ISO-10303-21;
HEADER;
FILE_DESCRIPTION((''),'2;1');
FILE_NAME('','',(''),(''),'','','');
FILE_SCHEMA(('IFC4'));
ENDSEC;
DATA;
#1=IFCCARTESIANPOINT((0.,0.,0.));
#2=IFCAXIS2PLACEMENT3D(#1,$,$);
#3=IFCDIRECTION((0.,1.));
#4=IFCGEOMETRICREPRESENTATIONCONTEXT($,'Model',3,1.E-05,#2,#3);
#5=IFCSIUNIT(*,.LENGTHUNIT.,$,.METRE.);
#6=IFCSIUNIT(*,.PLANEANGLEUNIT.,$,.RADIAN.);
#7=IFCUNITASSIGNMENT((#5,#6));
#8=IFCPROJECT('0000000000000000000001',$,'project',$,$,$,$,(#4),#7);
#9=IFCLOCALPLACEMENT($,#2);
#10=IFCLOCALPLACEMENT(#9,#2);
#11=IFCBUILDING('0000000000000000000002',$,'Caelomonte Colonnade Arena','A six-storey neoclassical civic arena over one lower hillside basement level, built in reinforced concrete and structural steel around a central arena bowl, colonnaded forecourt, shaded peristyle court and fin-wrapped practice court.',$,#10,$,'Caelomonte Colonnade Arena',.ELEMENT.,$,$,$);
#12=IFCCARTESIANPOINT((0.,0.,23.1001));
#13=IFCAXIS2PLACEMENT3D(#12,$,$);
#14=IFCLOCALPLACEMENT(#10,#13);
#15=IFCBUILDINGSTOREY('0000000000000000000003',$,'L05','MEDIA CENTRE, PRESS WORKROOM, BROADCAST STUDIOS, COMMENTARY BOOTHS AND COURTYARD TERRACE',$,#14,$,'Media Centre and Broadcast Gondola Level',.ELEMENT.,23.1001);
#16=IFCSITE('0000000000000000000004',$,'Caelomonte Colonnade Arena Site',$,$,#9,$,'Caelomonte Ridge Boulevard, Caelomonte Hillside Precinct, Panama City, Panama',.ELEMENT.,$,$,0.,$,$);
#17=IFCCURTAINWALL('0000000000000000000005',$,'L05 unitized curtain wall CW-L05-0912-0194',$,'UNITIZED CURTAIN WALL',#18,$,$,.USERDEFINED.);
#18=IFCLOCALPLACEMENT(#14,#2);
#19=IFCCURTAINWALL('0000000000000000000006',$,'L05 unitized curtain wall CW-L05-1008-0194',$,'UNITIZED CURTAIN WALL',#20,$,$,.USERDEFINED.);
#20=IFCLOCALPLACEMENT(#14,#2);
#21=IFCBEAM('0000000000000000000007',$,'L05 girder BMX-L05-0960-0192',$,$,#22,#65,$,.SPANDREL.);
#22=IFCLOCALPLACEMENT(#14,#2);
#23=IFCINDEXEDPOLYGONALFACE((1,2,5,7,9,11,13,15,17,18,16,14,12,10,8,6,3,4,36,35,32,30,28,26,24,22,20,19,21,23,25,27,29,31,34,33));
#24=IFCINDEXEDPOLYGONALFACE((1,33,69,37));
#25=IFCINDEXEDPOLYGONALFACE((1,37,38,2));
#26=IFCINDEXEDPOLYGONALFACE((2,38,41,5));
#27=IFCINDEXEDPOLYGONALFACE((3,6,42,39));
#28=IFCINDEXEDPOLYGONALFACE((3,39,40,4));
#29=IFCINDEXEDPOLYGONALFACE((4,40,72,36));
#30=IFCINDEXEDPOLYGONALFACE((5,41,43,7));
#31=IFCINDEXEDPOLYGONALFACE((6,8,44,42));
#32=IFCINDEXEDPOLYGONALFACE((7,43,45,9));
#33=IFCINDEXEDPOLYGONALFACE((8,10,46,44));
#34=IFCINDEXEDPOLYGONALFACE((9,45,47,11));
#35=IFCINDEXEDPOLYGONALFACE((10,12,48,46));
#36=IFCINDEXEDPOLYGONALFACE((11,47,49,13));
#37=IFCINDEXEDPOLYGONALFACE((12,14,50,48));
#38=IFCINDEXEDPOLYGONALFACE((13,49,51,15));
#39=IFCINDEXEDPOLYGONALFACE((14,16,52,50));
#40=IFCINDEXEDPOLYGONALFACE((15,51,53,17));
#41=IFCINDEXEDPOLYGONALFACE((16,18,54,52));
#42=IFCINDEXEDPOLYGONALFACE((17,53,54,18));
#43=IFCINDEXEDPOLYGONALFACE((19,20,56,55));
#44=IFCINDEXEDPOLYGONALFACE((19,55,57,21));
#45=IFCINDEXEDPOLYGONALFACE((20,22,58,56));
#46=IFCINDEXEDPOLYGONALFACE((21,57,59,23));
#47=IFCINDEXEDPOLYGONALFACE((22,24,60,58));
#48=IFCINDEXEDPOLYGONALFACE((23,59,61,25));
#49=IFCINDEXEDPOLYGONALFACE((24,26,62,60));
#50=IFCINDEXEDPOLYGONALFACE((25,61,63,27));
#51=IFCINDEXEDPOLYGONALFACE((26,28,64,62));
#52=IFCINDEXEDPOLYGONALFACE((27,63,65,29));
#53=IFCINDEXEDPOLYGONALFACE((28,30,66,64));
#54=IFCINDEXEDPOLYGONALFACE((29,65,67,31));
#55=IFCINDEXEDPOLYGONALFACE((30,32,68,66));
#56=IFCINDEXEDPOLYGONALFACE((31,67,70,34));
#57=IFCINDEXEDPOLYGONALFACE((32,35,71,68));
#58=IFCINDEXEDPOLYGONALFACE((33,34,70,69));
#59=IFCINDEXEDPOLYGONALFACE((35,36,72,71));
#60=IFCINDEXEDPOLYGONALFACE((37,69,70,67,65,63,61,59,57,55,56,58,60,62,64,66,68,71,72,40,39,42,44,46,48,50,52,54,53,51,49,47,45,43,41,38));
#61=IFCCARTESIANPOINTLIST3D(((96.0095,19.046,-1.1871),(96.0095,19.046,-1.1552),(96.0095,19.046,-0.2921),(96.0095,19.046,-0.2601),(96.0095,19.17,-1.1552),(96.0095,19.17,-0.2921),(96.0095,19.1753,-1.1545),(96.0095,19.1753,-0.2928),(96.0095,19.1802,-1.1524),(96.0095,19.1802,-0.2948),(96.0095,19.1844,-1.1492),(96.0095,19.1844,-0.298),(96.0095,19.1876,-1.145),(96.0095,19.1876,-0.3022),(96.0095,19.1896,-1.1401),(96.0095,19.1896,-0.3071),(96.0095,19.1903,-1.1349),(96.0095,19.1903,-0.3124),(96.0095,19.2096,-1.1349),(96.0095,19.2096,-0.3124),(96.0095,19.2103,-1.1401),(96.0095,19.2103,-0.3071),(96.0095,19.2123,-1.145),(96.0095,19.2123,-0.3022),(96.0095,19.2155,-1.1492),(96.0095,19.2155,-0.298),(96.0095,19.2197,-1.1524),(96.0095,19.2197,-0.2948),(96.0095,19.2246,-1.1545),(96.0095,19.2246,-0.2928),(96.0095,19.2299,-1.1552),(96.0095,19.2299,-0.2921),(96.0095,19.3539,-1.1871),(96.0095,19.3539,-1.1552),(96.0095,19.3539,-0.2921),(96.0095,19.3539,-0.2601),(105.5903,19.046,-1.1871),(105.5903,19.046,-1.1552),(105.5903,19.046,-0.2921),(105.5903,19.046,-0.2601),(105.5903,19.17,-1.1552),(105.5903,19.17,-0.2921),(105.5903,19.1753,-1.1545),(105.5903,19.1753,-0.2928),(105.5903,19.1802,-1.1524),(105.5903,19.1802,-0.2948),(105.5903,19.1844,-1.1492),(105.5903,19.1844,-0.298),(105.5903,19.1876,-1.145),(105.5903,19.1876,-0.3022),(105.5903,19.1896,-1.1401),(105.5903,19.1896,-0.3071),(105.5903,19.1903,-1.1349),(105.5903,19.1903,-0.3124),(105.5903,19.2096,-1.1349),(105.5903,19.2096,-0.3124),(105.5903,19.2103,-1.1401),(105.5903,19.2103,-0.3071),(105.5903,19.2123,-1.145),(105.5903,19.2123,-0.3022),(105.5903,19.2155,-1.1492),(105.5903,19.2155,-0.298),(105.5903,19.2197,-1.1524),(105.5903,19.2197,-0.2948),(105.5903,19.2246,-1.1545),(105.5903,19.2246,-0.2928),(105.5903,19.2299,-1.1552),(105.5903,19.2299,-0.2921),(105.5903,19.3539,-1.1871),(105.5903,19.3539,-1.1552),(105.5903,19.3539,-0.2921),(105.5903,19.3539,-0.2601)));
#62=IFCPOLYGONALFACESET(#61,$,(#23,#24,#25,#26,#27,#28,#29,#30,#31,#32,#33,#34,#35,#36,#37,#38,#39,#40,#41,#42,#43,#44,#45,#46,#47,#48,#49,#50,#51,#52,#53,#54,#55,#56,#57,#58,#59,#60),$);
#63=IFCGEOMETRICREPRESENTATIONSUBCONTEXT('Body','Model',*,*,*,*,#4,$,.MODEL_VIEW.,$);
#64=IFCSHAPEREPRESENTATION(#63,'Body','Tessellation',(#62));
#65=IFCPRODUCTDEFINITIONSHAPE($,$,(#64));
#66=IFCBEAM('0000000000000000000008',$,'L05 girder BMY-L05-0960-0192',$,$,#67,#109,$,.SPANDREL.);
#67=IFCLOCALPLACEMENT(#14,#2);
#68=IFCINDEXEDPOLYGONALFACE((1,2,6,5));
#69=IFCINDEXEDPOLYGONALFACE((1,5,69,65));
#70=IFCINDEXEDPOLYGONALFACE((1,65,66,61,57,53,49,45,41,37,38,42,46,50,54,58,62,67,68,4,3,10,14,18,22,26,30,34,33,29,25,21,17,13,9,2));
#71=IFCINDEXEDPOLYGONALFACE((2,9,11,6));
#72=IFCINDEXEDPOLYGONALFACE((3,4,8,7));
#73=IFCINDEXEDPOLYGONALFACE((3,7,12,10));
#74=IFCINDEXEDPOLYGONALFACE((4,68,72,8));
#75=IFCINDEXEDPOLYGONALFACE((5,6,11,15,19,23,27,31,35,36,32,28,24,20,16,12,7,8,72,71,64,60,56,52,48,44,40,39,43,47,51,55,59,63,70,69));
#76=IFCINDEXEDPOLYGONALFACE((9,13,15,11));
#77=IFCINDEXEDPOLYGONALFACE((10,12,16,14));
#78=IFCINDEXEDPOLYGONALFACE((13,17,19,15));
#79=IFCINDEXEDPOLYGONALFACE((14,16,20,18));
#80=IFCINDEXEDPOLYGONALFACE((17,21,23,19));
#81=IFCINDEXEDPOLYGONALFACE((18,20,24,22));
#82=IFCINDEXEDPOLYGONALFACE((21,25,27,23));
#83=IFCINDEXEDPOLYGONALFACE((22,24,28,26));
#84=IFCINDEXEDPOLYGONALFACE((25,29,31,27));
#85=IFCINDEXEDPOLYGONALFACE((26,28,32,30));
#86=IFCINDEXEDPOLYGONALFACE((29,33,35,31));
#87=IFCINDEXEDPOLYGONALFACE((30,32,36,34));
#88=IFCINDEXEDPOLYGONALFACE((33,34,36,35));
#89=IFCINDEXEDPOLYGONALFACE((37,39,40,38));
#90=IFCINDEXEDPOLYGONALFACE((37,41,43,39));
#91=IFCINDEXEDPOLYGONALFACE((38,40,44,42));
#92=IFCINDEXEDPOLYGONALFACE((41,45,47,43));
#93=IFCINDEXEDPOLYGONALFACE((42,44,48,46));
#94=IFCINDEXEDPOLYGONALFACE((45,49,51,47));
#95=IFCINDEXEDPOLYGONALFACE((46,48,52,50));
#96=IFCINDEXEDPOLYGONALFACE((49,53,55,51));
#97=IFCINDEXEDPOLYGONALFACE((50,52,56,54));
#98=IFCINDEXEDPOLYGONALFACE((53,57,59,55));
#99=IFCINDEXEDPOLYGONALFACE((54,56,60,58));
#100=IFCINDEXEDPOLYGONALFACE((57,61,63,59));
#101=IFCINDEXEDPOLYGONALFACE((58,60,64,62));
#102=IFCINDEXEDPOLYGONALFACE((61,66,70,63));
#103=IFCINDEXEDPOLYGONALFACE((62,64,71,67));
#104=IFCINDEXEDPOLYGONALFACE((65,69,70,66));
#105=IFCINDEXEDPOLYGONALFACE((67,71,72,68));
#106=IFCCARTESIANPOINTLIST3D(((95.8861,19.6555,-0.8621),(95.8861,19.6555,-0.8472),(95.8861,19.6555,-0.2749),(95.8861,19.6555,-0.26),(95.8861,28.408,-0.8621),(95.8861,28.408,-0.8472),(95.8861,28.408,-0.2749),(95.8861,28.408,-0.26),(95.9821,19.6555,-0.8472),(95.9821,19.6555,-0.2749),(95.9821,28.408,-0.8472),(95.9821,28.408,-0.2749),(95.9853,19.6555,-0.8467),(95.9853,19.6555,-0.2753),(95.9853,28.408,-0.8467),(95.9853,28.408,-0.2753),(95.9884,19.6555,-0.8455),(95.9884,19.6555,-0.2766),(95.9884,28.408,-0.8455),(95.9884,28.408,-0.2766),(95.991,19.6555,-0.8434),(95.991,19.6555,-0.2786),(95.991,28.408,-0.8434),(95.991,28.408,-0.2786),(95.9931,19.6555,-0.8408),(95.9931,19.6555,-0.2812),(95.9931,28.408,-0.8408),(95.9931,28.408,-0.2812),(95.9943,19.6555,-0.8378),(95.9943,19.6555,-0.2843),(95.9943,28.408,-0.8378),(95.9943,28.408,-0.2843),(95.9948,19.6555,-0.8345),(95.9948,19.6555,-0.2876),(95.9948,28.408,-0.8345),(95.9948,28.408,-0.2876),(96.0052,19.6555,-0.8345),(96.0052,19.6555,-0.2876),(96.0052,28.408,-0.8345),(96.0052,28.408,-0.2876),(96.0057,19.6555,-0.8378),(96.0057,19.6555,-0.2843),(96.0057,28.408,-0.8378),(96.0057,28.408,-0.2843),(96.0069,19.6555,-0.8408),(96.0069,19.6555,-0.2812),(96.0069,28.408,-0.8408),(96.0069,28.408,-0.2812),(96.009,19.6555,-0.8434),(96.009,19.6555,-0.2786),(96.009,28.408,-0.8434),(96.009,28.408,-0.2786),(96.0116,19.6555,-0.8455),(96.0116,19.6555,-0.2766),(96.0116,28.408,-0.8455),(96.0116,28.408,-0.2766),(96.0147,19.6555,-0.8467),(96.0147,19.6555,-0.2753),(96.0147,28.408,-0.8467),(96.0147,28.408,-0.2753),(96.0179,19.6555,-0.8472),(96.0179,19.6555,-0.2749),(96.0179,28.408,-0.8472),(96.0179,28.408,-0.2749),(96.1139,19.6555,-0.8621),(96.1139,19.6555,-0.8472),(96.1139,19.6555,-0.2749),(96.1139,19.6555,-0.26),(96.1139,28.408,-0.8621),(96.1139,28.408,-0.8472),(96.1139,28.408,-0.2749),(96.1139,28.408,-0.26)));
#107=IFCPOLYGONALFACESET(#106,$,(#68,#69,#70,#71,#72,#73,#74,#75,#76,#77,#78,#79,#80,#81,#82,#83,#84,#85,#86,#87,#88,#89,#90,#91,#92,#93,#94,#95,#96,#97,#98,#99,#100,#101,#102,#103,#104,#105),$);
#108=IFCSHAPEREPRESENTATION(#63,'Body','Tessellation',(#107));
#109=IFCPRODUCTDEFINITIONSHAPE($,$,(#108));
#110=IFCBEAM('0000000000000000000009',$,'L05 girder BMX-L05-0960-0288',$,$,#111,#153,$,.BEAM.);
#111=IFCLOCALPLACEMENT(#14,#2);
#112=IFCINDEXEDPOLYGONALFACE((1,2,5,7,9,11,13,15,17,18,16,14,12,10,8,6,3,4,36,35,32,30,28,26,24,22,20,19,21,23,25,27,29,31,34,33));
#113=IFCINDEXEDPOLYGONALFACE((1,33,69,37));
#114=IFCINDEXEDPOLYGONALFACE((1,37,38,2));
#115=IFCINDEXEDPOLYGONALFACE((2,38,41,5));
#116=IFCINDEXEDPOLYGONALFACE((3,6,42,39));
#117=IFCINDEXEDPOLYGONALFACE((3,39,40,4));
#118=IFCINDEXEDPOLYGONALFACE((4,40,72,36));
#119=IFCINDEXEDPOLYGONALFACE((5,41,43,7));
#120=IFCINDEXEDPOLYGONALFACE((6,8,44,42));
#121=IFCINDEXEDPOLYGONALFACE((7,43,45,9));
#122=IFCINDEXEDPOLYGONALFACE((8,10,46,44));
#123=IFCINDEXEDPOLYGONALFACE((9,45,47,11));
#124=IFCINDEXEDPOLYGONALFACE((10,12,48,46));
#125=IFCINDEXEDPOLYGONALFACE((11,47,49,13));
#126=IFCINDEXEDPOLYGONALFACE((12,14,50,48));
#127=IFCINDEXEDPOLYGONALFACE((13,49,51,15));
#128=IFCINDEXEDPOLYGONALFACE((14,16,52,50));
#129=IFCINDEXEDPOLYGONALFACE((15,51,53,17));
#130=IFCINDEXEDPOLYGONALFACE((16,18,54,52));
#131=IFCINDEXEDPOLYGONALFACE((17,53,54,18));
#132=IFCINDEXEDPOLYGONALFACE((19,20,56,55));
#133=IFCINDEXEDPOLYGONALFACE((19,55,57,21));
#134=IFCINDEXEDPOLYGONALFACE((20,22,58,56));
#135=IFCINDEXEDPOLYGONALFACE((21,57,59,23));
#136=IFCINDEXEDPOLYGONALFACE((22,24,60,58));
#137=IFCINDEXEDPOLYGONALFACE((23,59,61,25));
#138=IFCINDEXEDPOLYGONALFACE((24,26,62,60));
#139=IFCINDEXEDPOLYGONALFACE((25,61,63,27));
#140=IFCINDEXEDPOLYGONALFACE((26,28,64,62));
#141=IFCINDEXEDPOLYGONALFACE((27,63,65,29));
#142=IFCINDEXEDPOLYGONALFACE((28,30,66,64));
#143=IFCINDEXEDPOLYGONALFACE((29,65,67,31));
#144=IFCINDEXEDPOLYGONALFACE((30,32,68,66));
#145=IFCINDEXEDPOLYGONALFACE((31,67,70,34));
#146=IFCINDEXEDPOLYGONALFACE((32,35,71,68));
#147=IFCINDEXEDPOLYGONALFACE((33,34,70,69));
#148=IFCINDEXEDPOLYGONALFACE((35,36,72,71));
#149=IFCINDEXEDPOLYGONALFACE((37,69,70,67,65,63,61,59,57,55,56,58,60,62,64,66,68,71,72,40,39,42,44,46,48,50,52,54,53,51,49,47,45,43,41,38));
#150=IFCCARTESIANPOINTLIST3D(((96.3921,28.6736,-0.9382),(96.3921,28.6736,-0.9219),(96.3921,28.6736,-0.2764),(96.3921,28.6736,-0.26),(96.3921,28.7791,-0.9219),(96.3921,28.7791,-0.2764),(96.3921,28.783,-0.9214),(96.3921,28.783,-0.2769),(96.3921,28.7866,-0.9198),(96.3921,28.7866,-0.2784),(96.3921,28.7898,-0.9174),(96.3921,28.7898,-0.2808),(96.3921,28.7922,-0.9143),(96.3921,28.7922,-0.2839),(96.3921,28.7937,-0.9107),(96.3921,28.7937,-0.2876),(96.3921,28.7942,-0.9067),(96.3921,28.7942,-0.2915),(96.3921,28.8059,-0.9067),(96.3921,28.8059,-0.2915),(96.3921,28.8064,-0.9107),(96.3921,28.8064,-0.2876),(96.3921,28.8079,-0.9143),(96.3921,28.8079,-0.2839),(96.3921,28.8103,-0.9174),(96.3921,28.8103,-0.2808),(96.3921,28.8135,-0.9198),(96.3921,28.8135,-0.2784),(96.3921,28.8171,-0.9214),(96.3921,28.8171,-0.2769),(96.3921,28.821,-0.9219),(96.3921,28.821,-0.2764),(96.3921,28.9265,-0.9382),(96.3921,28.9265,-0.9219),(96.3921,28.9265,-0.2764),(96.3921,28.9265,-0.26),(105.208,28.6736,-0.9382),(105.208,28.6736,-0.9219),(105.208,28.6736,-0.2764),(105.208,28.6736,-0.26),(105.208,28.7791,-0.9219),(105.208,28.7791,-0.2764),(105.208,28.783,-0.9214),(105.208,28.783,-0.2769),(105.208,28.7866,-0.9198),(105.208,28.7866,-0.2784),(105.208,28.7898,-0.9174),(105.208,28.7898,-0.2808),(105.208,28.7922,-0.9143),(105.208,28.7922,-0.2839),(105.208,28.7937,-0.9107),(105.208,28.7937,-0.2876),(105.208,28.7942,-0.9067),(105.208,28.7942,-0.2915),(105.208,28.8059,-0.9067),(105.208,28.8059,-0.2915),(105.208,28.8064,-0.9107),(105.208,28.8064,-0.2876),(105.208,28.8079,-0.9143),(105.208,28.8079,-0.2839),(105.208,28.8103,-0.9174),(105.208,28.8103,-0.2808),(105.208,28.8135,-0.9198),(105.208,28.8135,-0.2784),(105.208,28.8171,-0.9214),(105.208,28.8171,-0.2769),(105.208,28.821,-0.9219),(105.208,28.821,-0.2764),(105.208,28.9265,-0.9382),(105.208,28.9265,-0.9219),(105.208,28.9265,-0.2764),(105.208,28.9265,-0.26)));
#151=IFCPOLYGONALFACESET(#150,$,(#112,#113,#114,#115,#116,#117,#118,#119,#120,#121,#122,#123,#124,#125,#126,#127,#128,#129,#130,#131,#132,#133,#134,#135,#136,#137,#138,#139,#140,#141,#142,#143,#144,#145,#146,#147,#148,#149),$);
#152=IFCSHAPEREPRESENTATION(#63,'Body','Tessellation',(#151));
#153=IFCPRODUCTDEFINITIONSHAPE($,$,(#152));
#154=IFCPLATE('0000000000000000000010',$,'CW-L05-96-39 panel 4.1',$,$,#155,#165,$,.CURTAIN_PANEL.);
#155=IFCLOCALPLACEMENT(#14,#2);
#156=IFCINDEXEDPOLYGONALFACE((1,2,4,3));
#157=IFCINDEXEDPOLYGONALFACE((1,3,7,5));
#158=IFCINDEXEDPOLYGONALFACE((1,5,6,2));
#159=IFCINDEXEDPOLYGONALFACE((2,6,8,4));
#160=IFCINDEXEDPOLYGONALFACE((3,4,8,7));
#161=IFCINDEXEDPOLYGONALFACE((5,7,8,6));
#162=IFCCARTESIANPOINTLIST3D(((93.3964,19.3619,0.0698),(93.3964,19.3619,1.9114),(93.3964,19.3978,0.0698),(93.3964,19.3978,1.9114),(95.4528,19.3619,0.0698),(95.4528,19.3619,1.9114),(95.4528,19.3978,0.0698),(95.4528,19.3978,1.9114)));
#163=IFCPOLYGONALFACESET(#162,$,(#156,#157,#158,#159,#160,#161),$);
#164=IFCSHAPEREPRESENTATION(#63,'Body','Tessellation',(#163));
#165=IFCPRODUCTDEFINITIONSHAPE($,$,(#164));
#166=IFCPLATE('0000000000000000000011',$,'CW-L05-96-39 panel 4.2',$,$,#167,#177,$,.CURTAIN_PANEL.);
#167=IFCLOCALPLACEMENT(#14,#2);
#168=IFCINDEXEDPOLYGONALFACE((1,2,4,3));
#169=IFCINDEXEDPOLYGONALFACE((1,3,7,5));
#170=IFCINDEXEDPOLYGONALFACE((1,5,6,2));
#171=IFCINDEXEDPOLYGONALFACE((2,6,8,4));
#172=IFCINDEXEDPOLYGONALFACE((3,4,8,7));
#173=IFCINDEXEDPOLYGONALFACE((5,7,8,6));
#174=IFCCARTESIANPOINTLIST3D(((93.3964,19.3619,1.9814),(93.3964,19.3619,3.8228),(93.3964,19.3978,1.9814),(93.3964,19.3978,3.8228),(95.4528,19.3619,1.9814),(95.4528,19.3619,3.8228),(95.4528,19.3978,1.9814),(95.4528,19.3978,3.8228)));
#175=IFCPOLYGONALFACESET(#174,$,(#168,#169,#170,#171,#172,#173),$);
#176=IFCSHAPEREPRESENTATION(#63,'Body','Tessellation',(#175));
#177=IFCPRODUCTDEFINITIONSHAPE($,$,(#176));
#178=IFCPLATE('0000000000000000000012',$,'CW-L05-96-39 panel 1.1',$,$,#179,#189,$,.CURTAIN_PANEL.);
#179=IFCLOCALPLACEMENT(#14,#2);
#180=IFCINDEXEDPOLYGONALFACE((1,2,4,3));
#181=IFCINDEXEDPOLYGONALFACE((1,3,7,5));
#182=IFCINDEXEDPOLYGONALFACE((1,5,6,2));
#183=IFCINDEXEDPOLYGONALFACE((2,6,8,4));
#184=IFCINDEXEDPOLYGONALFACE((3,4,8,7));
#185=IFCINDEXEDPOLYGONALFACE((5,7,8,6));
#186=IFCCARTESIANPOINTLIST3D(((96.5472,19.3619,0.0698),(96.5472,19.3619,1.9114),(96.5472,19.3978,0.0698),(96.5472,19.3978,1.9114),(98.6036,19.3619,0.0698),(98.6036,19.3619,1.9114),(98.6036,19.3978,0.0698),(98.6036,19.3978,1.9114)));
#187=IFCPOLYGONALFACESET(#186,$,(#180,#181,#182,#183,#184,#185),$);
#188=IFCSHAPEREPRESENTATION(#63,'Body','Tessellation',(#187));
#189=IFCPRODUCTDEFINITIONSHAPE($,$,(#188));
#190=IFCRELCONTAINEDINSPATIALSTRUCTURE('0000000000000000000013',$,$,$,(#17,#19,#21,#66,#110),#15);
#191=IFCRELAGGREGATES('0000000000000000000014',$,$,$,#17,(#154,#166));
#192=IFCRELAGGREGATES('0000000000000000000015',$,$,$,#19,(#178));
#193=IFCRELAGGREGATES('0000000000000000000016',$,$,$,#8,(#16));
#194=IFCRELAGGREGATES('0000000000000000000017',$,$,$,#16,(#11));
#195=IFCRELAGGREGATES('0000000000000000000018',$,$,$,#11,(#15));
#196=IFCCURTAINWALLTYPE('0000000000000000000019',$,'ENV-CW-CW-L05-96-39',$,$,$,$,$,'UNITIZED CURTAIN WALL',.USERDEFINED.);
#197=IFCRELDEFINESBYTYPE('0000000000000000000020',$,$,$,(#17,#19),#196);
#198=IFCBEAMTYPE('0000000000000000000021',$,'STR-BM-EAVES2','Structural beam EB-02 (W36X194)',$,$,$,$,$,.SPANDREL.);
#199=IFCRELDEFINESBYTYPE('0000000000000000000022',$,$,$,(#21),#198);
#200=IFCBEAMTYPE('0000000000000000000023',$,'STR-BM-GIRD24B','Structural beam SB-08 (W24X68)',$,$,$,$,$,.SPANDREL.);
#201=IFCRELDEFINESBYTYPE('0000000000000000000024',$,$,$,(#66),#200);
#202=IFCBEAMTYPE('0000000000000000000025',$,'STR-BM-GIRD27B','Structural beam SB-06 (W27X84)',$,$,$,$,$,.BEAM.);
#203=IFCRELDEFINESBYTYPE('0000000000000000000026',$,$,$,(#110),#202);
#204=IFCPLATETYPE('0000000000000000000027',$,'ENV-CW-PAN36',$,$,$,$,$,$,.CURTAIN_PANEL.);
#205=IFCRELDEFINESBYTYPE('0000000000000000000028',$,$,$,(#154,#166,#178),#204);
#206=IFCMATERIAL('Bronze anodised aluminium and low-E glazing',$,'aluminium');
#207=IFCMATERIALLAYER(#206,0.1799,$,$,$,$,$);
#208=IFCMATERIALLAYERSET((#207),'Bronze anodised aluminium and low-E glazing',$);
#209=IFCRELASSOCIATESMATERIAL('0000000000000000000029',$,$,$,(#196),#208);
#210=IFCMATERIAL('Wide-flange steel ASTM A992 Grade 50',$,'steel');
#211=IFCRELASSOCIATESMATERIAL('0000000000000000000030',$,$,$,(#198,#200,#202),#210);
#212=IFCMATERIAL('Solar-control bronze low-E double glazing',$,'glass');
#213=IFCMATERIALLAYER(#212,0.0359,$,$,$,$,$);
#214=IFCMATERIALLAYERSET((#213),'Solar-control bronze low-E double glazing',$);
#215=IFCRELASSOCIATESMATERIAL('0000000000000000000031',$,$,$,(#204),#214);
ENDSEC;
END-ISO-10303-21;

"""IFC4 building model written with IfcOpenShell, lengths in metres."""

from ifc_helpers import new_model, si_unit, direction, frame, origin, origin_2d, place, context, subcontext, project, spatial, rectangle, i_section, extrude, material, layer, layer_set, material_profile, profile_set, type_object, element, aggregate, save


model = new_model("IFC4")

# Units and contexts
model_context = context("Model", 3, precision=1e-05, world=origin(), true_north=direction((0.0, 1.0)))
body_context = subcontext(model_context, "Body", "Model", "MODEL_VIEW")
ifc_project = project(units=[si_unit("LENGTHUNIT", "METRE"), si_unit("PLANEANGLEUNIT", "RADIAN")], contexts=[model_context])

# Site, building, storey
site_placement = place(None, origin())
site = spatial("IfcSite", under=ifc_project, at=site_placement, Name="Caelomonte Colonnade Arena Site", LongName="Caelomonte Ridge Boulevard, Caelomonte Hillside Precinct, Panama City, Panama", CompositionType="ELEMENT", RefElevation=0.0)
building_placement = place(site_placement, origin())
building = spatial("IfcBuilding", under=site, at=building_placement, Name="Caelomonte Colonnade Arena", Description="A six-storey neoclassical civic arena over one lower hillside basement level, built in reinforced concrete and structural steel around a central arena bowl, colonnaded forecourt, shaded peristyle court and fin-wrapped practice court.", LongName="Caelomonte Colonnade Arena", CompositionType="ELEMENT")
storey_placement = place(building_placement, frame((0.0, 0.0, 23.1001)))
storey = spatial("IfcBuildingStorey", under=building, at=storey_placement, Name="L05", Description="MEDIA CENTRE, PRESS WORKROOM, BROADCAST STUDIOS, COMMENTARY BOOTHS AND COURTYARD TERRACE", LongName="Media Centre and Broadcast Gondola Level", CompositionType="ELEMENT", Elevation=23.1001)

# Shared definitions
ifc_material_1 = material(Name="Wide-flange steel ASTM A992 Grade 50", Category="steel")

# Curtain wall
ifc_material_2 = material(Name="Bronze anodised aluminium and low-E glazing", Category="aluminium")
ifc_layer_1 = layer(ifc_material_2, 0.1799)
ifc_layer_set_1 = layer_set([ifc_layer_1], Name="Bronze anodised aluminium and low-E glazing")
curtain_wall_type = type_object("IfcCurtainWallType", Name="ENV-CW-CW-L05-96-39", ElementType="UNITIZED CURTAIN WALL", PredefinedType="USERDEFINED", material=ifc_layer_set_1)
curtain_wall_1_placement = place(storey_placement, origin())
curtain_wall_1 = element("IfcCurtainWall", 1, at=curtain_wall_1_placement, inside=storey, type_object=curtain_wall_type, Name="L05 unitized curtain wall CW-L05-0912-0194", ObjectType="UNITIZED CURTAIN WALL", PredefinedType="USERDEFINED")

# Curtain wall
curtain_wall_2_placement = place(storey_placement, origin())
curtain_wall_2 = element("IfcCurtainWall", 2, at=curtain_wall_2_placement, inside=storey, type_object=curtain_wall_type, Name="L05 unitized curtain wall CW-L05-1008-0194", ObjectType="UNITIZED CURTAIN WALL", PredefinedType="USERDEFINED")

# Beams
ifc_material_profile_1 = material_profile(ifc_material_1, i_section(OverallWidth=0.3079, OverallDepth=0.927, WebThickness=0.0193, FlangeThickness=0.032, FilletRadius=0.0203, at=origin_2d()), Name="W36X194")
ifc_profile_set_1 = profile_set([ifc_material_profile_1], Name="Wide-flange steel ASTM A992 Grade 50")
beam_type_1 = type_object("IfcBeamType", Name="STR-BM-EAVES2", Description="Structural beam EB-02 (W36X194)", PredefinedType="SPANDREL", material=ifc_profile_set_1)
beam_1_placement = place(storey_placement, frame((96.0095, 19.2, -0.7236), z_axis=(1.0, 0.0, 0.0), x_axis=(0.0, 1.0, 0.0)))
element("IfcBeam", 3, at=beam_1_placement, inside=storey, type_object=beam_type_1, Name="L05 girder BMX-L05-0960-0192", PredefinedType="SPANDREL", context=body_context, shape_type="SweptSolid", body=[
    extrude(i_section(OverallWidth=0.3079, OverallDepth=0.927, WebThickness=0.0193, FlangeThickness=0.032, FilletRadius=0.0203, at=origin_2d()), origin(), (0.0, 0.0, 1.0), 9.5808),
])
ifc_material_profile_2 = material_profile(ifc_material_1, i_section(OverallWidth=0.2278, OverallDepth=0.6021, WebThickness=0.0105, FlangeThickness=0.0149, FilletRadius=0.0127, at=origin_2d()), Name="W24X68")
ifc_profile_set_2 = profile_set([ifc_material_profile_2], Name="Wide-flange steel ASTM A992 Grade 50")
beam_type_2 = type_object("IfcBeamType", Name="STR-BM-GIRD24B", Description="Structural beam SB-08 (W24X68)", PredefinedType="SPANDREL", material=ifc_profile_set_2)
beam_2_placement = place(storey_placement, frame((96.0, 19.6555, -0.561), z_axis=(0.0, 1.0, 0.0), x_axis=(-1.0, 0.0, 0.0)))
element("IfcBeam", 4, at=beam_2_placement, inside=storey, type_object=beam_type_2, Name="L05 girder BMY-L05-0960-0192", PredefinedType="SPANDREL", context=body_context, shape_type="SweptSolid", body=[
    extrude(i_section(OverallWidth=0.2278, OverallDepth=0.6021, WebThickness=0.0105, FlangeThickness=0.0149, FilletRadius=0.0127, at=origin_2d()), origin(), (0.0, 0.0, 1.0), 8.7524),
])
ifc_material_profile_3 = material_profile(ifc_material_1, i_section(OverallWidth=0.2529, OverallDepth=0.6782, WebThickness=0.0117, FlangeThickness=0.0164, FilletRadius=0.0151, at=origin_2d()), Name="W27X84")
ifc_profile_set_3 = profile_set([ifc_material_profile_3], Name="Wide-flange steel ASTM A992 Grade 50")
beam_type_3 = type_object("IfcBeamType", Name="STR-BM-GIRD27B", Description="Structural beam SB-06 (W27X84)", PredefinedType="BEAM", material=ifc_profile_set_3)
beam_3_placement = place(storey_placement, frame((96.3921, 28.8, -0.5991), z_axis=(1.0, 0.0, 0.0), x_axis=(0.0, 1.0, 0.0)))
element("IfcBeam", 5, at=beam_3_placement, inside=storey, type_object=beam_type_3, Name="L05 girder BMX-L05-0960-0288", PredefinedType="BEAM", context=body_context, shape_type="SweptSolid", body=[
    extrude(i_section(OverallWidth=0.2529, OverallDepth=0.6782, WebThickness=0.0117, FlangeThickness=0.0164, FilletRadius=0.0151, at=origin_2d()), origin(), (0.0, 0.0, 1.0), 8.8159),
])

# Plates
ifc_material_3 = material(Name="Solar-control bronze low-E double glazing", Category="glass")
ifc_layer_2 = layer(ifc_material_3, 0.0359)
ifc_layer_set_2 = layer_set([ifc_layer_2], Name="Solar-control bronze low-E double glazing")
plate_type = type_object("IfcPlateType", Name="ENV-CW-PAN36", PredefinedType="CURTAIN_PANEL", material=ifc_layer_set_2)
plate_1_placement = place(storey_placement, frame((94.4246, 19.3799, 0.0698), z_axis=(0.0, 0.0, 1.0), x_axis=(1.0, 0.0, 0.0)))
plate_1 = element("IfcPlate", 6, at=plate_1_placement, type_object=plate_type, Name="CW-L05-96-39 panel 4.1", PredefinedType="CURTAIN_PANEL", context=body_context, shape_type="SweptSolid", body=[
    extrude(rectangle(XDim=2.0564, YDim=0.0359, at=origin_2d()), origin(), (0.0, 0.0, 1.0), 1.8416),
])
plate_2_placement = place(storey_placement, frame((94.4246, 19.3799, 1.9814), z_axis=(0.0, 0.0, 1.0), x_axis=(1.0, 0.0, 0.0)))
plate_2 = element("IfcPlate", 7, at=plate_2_placement, type_object=plate_type, Name="CW-L05-96-39 panel 4.2", PredefinedType="CURTAIN_PANEL", context=body_context, shape_type="SweptSolid", body=[
    extrude(rectangle(XDim=2.0564, YDim=0.0359, at=origin_2d()), origin(), (0.0, 0.0, 1.0), 1.8413),
])
aggregate(curtain_wall_1, [plate_1, plate_2])
plate_3_placement = place(storey_placement, frame((97.5754, 19.3799, 0.0698), z_axis=(0.0, 0.0, 1.0), x_axis=(1.0, 0.0, 0.0)))
plate_3 = element("IfcPlate", 8, at=plate_3_placement, type_object=plate_type, Name="CW-L05-96-39 panel 1.1", PredefinedType="CURTAIN_PANEL", context=body_context, shape_type="SweptSolid", body=[
    extrude(rectangle(XDim=2.0564, YDim=0.0359, at=origin_2d()), origin(), (0.0, 0.0, 1.0), 1.8416),
])
aggregate(curtain_wall_2, [plate_3])

save(model, "model.ifc")
